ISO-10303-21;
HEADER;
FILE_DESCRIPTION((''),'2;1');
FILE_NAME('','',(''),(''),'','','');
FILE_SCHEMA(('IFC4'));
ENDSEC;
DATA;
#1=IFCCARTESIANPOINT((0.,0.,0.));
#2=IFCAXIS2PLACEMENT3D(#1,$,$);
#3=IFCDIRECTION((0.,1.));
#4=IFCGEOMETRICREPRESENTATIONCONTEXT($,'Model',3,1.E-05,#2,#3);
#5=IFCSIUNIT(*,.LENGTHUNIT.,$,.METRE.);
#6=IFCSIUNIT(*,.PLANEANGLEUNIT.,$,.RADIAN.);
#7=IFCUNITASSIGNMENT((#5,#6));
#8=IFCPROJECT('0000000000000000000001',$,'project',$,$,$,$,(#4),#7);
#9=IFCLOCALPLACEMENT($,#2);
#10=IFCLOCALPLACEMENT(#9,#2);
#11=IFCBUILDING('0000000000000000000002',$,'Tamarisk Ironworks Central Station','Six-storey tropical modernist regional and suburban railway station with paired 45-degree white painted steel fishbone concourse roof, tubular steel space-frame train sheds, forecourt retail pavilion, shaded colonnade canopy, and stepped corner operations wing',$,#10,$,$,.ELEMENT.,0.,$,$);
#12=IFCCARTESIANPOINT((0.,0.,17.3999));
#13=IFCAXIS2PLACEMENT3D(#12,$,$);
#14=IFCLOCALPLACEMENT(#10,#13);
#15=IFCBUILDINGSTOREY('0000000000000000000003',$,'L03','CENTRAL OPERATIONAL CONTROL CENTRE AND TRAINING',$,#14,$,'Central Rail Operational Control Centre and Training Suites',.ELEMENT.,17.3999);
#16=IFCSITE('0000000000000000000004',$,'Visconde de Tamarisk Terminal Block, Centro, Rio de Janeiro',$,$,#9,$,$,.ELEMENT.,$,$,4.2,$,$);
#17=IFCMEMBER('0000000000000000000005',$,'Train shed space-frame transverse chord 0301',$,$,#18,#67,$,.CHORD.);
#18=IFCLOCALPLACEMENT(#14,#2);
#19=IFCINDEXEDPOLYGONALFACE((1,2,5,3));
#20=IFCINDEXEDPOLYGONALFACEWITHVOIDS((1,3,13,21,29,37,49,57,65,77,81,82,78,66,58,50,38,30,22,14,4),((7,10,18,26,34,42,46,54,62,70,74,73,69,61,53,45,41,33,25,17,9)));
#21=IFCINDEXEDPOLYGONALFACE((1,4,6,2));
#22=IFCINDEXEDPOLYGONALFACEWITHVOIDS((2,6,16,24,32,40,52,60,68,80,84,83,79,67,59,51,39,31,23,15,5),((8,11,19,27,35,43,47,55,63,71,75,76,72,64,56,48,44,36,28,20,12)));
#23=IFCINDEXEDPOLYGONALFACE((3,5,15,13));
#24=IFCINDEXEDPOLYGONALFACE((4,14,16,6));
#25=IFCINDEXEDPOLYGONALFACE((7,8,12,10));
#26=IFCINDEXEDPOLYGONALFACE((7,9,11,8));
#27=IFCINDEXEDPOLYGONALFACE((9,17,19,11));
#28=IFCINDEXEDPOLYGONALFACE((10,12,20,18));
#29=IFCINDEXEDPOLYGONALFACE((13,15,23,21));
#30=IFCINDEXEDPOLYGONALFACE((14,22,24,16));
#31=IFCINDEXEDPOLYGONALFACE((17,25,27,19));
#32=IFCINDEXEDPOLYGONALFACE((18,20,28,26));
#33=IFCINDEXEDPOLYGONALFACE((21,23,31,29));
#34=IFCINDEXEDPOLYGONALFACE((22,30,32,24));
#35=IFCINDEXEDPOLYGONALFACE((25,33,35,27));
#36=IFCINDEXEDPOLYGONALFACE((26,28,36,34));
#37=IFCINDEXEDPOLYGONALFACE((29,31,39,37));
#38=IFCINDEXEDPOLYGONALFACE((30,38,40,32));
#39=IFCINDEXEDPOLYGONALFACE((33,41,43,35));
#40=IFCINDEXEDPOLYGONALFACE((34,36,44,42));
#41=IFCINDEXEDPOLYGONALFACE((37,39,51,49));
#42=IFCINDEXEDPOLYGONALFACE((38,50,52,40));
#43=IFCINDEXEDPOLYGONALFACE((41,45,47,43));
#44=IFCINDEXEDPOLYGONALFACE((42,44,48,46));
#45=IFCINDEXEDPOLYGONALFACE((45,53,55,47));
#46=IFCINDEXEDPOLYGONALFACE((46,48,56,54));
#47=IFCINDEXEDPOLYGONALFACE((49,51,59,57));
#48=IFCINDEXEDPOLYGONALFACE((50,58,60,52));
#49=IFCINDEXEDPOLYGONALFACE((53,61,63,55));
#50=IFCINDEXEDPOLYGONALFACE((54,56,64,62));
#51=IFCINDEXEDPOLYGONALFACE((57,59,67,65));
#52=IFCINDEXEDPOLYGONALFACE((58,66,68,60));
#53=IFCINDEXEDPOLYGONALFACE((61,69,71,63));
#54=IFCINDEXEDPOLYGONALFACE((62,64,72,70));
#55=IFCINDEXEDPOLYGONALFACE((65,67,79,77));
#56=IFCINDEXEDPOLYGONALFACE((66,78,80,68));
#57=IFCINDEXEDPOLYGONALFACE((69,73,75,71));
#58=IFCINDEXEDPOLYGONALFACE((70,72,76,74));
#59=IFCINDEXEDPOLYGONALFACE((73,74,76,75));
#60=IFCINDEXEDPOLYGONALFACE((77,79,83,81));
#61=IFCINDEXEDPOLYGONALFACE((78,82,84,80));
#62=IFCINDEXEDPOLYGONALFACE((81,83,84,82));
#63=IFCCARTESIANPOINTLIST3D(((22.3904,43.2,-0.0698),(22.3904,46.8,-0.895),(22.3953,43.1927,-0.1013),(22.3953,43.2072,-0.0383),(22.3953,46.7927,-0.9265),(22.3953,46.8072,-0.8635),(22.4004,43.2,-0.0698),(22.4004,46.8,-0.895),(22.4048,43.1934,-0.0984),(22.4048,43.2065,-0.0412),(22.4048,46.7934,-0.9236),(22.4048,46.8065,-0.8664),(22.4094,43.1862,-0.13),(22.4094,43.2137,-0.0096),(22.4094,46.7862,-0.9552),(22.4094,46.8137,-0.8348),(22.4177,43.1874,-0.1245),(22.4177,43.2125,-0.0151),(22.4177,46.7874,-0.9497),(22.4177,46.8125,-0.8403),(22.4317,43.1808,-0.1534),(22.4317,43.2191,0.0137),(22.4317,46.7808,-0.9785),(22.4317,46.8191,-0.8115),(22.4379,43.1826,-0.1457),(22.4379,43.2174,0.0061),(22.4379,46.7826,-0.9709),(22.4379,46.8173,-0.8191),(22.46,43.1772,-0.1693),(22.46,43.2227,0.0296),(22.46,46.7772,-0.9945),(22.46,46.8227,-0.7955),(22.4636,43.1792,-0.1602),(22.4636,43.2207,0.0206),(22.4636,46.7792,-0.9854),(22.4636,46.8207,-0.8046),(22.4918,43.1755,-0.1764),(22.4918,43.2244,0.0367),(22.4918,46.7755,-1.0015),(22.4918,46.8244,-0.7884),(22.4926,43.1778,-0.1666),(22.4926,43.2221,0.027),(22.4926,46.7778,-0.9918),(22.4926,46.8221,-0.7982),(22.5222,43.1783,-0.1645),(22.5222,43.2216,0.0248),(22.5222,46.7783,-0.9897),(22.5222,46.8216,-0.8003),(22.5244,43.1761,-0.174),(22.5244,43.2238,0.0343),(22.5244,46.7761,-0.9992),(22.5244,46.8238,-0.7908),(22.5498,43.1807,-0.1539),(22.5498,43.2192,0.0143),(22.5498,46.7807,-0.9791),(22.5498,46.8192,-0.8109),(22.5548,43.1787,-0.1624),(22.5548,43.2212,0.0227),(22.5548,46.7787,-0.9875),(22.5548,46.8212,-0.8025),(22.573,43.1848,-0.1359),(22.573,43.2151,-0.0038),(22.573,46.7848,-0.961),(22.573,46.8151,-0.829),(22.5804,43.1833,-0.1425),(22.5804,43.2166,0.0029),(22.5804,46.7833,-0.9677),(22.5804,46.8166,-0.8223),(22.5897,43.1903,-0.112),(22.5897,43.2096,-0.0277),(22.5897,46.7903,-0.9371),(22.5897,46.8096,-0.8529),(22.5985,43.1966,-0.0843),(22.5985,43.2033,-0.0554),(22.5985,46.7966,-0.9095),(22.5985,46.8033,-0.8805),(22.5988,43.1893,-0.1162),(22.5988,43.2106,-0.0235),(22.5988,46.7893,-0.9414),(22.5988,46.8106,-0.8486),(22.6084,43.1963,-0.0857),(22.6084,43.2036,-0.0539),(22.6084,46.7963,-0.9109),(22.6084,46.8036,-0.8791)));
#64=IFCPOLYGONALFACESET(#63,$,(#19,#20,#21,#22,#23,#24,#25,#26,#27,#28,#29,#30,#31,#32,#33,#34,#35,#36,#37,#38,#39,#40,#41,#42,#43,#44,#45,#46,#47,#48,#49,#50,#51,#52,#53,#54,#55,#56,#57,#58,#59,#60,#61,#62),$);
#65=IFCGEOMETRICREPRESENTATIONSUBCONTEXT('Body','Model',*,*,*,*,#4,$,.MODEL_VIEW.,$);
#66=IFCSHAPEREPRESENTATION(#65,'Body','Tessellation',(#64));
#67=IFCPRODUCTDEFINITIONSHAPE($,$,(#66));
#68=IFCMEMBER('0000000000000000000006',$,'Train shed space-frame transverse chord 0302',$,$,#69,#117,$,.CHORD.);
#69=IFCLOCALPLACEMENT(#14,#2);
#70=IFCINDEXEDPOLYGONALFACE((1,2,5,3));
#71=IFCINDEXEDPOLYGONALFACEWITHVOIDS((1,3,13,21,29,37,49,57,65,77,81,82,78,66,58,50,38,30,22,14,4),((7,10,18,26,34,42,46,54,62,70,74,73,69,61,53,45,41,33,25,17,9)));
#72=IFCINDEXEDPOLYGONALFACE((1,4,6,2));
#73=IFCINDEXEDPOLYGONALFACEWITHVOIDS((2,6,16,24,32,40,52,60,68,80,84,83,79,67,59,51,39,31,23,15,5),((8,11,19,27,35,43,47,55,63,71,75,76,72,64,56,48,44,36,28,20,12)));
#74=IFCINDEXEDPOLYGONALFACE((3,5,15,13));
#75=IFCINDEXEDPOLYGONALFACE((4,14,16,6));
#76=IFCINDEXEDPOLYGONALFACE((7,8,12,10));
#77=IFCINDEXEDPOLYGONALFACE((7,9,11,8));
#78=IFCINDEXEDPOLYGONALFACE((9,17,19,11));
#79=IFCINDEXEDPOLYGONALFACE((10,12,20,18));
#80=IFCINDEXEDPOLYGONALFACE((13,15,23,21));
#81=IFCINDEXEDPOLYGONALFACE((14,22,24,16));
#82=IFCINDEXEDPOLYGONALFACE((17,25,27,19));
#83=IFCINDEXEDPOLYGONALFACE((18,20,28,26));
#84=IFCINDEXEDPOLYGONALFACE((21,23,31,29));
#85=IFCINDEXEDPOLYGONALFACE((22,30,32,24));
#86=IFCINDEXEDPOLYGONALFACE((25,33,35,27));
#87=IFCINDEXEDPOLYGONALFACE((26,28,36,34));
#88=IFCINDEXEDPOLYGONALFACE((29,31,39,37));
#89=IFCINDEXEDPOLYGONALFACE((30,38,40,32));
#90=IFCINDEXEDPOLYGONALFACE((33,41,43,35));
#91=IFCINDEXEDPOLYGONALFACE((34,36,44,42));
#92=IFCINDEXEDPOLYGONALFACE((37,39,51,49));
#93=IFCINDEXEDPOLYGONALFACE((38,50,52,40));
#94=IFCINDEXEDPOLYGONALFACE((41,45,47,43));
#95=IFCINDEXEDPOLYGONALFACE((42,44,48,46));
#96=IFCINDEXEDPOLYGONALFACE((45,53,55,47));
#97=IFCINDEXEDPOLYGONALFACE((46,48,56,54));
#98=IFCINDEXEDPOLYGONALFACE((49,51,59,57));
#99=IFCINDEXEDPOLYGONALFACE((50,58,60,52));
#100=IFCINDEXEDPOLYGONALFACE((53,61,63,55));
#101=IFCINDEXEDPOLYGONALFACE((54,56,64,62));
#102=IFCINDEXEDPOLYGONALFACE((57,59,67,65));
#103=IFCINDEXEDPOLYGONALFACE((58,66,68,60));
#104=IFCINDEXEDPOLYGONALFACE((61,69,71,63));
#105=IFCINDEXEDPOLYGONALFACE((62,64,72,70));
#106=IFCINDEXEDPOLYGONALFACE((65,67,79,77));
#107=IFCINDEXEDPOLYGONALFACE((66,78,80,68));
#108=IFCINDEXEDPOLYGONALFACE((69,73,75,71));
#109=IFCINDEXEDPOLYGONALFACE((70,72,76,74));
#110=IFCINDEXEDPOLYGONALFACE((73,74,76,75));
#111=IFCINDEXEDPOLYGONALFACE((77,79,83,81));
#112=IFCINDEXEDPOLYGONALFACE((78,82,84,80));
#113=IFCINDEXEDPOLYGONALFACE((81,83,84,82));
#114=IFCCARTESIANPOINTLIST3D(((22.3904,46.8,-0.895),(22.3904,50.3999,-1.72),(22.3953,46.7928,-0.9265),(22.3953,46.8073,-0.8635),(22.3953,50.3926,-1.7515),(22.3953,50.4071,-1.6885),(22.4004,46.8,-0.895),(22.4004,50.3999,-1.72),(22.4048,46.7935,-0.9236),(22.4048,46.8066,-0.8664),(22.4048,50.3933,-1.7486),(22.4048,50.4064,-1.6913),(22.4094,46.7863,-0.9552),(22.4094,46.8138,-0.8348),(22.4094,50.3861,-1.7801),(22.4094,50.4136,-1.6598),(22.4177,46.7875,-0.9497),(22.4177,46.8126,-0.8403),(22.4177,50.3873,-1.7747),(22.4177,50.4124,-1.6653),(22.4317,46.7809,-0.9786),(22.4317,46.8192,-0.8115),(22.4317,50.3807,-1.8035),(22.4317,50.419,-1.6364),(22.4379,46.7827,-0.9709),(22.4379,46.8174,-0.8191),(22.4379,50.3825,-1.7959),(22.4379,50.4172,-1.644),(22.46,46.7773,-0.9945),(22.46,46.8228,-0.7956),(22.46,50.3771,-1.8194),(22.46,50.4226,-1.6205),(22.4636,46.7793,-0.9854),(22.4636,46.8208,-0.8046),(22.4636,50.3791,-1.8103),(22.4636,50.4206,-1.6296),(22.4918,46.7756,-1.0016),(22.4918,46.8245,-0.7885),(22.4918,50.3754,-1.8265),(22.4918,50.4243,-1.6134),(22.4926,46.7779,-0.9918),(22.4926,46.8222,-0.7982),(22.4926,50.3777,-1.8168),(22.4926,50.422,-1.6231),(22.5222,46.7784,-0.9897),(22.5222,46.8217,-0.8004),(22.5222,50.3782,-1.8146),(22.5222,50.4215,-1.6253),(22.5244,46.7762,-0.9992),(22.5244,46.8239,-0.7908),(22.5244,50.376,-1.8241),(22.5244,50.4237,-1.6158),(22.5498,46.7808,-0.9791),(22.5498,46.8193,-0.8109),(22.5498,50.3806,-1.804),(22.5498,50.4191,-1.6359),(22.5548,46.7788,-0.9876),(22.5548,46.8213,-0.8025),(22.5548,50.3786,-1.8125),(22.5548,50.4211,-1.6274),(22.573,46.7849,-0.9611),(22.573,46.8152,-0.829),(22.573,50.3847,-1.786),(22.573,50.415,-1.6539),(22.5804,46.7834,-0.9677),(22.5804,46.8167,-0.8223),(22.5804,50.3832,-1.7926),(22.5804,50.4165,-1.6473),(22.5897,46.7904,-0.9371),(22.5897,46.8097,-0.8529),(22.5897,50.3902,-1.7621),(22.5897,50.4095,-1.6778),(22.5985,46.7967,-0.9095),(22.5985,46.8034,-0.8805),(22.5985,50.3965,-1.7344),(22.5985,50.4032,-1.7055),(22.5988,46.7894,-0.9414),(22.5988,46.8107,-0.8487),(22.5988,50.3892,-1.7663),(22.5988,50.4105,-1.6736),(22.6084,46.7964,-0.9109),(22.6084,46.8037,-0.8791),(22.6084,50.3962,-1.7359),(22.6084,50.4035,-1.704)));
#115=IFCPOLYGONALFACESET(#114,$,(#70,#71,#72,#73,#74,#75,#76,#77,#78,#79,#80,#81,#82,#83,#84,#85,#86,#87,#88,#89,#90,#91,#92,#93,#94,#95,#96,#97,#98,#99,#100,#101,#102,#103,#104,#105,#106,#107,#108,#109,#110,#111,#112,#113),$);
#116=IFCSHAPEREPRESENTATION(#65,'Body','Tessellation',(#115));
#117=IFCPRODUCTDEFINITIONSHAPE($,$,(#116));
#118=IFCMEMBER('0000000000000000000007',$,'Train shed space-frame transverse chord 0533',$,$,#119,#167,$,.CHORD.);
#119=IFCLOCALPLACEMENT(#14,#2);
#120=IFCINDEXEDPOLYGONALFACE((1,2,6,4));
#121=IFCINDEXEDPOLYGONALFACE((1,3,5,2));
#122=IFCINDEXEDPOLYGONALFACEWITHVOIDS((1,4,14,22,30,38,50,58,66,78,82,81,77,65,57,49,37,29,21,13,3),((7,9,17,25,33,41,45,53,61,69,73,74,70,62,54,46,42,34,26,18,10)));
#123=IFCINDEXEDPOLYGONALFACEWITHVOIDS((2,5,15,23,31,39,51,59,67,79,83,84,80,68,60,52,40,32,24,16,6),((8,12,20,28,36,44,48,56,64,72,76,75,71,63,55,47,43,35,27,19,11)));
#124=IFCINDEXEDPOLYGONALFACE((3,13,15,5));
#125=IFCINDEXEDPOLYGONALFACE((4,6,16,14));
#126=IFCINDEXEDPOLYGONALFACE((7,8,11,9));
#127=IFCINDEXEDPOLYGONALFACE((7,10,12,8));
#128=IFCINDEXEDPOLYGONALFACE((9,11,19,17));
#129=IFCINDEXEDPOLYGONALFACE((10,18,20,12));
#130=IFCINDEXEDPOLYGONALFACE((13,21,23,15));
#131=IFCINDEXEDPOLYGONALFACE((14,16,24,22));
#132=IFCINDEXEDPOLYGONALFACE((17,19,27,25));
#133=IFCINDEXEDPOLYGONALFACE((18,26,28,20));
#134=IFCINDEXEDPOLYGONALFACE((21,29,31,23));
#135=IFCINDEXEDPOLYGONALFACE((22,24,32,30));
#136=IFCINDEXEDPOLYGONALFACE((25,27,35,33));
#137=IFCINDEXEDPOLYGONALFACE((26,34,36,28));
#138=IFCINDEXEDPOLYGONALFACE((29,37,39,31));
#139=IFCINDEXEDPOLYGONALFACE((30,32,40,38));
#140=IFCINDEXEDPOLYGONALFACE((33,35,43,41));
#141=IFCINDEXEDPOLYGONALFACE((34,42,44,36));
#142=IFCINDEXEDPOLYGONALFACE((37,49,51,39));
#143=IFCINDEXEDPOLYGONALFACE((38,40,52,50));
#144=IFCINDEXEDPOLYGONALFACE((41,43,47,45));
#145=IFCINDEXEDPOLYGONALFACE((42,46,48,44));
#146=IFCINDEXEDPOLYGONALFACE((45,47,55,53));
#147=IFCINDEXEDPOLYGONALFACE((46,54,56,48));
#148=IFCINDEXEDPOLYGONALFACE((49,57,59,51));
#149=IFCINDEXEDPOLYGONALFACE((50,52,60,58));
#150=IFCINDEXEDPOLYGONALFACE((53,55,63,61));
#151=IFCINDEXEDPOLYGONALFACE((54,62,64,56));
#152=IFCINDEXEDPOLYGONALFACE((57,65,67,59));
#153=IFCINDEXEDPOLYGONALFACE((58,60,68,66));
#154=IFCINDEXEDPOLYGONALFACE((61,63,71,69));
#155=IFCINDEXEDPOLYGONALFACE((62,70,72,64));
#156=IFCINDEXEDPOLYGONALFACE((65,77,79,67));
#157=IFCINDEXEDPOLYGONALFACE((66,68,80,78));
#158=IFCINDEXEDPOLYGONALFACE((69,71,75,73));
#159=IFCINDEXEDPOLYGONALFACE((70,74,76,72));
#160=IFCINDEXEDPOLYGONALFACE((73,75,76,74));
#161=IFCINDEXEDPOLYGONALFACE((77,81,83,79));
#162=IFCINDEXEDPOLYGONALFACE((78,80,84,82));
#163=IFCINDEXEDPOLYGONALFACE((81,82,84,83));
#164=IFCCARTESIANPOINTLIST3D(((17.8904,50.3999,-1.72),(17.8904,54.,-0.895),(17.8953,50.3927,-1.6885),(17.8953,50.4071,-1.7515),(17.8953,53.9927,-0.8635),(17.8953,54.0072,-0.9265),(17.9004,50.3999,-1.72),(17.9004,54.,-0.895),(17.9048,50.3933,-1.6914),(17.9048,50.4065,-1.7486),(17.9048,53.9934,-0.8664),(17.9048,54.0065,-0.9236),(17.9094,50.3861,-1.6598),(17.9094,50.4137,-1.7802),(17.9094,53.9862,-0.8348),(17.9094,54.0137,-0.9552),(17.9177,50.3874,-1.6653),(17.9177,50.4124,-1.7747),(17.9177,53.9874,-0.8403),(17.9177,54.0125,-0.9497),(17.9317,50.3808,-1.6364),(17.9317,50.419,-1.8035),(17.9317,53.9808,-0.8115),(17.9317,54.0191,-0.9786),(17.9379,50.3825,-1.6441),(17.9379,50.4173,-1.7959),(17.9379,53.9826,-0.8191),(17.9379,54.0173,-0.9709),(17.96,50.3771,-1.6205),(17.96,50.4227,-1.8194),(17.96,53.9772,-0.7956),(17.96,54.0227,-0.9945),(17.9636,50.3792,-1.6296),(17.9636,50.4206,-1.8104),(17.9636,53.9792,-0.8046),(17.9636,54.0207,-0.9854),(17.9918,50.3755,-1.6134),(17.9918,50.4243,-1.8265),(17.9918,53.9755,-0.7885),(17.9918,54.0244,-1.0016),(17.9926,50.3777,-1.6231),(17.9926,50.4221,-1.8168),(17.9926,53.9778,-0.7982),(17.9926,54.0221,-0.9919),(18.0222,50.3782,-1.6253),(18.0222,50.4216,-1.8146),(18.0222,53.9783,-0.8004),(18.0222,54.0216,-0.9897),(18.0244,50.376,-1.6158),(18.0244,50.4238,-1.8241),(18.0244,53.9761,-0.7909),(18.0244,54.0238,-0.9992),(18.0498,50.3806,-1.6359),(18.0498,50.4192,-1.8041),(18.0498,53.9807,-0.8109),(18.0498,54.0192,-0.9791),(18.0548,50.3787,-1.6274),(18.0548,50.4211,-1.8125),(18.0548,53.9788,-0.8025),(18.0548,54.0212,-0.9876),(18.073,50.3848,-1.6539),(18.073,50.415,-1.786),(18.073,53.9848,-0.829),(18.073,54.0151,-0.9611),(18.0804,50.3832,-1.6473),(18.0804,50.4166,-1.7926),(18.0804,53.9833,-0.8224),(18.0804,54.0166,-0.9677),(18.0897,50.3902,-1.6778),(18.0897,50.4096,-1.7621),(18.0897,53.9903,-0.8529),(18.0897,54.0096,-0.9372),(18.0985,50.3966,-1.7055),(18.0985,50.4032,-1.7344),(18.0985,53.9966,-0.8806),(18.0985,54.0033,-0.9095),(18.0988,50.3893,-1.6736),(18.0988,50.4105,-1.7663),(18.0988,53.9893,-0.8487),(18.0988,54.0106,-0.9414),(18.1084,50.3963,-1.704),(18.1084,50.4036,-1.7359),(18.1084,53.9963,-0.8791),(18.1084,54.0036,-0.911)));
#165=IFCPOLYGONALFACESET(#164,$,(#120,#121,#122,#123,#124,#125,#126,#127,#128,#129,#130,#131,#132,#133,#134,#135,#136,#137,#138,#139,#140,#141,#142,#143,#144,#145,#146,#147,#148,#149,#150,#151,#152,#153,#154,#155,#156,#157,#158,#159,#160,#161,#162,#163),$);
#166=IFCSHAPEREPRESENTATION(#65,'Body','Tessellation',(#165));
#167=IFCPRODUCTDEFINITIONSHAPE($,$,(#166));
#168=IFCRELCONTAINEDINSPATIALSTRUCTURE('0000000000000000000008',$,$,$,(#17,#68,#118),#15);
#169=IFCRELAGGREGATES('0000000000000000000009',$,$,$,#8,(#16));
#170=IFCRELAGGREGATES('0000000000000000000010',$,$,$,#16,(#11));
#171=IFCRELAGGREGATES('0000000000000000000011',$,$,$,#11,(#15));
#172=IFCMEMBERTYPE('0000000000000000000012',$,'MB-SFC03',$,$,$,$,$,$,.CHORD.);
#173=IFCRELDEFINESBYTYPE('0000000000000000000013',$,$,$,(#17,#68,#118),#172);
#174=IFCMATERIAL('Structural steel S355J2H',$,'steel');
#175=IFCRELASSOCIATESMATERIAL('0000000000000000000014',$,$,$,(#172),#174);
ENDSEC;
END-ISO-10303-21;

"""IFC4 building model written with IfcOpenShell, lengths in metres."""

from ifc_helpers import new_model, si_unit, direction, frame, origin, origin_2d, place, context, subcontext, project, spatial, hollow_circle, extrude, material, material_profile, profile_set, type_object, element, save


model = new_model("IFC4")

# Units and contexts
model_context = context("Model", 3, precision=1e-05, world=origin(), true_north=direction((0.0, 1.0)))
body_context = subcontext(model_context, "Body", "Model", "MODEL_VIEW")
ifc_project = project(units=[si_unit("LENGTHUNIT", "METRE"), si_unit("PLANEANGLEUNIT", "RADIAN")], contexts=[model_context])

# Site, building, storey
site_placement = place(None, origin())
site = spatial("IfcSite", under=ifc_project, at=site_placement, Name="Visconde de Tamarisk Terminal Block, Centro, Rio de Janeiro", CompositionType="ELEMENT", RefElevation=4.2)
building_placement = place(site_placement, origin())
building = spatial("IfcBuilding", under=site, at=building_placement, Name="Tamarisk Ironworks Central Station", Description="Six-storey tropical modernist regional and suburban railway station with paired 45-degree white painted steel fishbone concourse roof, tubular steel space-frame train sheds, forecourt retail pavilion, shaded colonnade canopy, and stepped corner operations wing", CompositionType="ELEMENT", ElevationOfRefHeight=0.0)
storey_placement = place(building_placement, frame((0.0, 0.0, 17.3999)))
storey = spatial("IfcBuildingStorey", under=building, at=storey_placement, Name="L03", Description="CENTRAL OPERATIONAL CONTROL CENTRE AND TRAINING", LongName="Central Rail Operational Control Centre and Training Suites", CompositionType="ELEMENT", Elevation=17.3999)

# Members
ifc_material_1 = material(Name="Structural steel S355J2H", Category="steel")
ifc_material_profile_1 = material_profile(ifc_material_1, hollow_circle(Radius=0.1096, WallThickness=0.01, at=origin_2d()), Name="CHS 219.1x10")
ifc_profile_set_1 = profile_set([ifc_material_profile_1], Name="Structural steel S355J2H")
member_type_1 = type_object("IfcMemberType", Name="MB-SFC03", PredefinedType="CHORD", material=ifc_profile_set_1)
member_1_placement = place(storey_placement, frame((22.5, 43.2, -0.0698), z_axis=(0.0, 0.974722, -0.223421), x_axis=(-1.0, 0.0, 0.0)))
element("IfcMember", 1, at=member_1_placement, inside=storey, type_object=member_type_1, Name="Train shed space-frame transverse chord 0301", PredefinedType="CHORD", context=body_context, shape_type="SweptSolid", body=[
    extrude(hollow_circle(Radius=0.1096, WallThickness=0.01, at=origin_2d()), origin(), (0.0, 0.0, 1.0), 3.6934),
])
member_2_placement = place(storey_placement, frame((22.5, 46.8, -0.895), z_axis=(0.0, 0.974733, -0.223372), x_axis=(-1.0, 0.0, 0.0)))
element("IfcMember", 2, at=member_2_placement, inside=storey, type_object=member_type_1, Name="Train shed space-frame transverse chord 0302", PredefinedType="CHORD", context=body_context, shape_type="SweptSolid", body=[
    extrude(hollow_circle(Radius=0.1096, WallThickness=0.01, at=origin_2d()), origin(), (0.0, 0.0, 1.0), 3.6931),
])
for number, where, z_axis, x_axis, name in (
    (3, (18.0, 50.3999, -1.72), (0.0, 0.974737, 0.223358), (-1.0, 0.0, 0.0), "Train shed space-frame transverse chord 0533"),
):
    element("IfcMember", number, at=place(storey_placement, frame(where, z_axis=z_axis, x_axis=x_axis)), inside=storey, type_object=member_type_1, Name=name, PredefinedType="CHORD", context=body_context, shape_type="SweptSolid", body=[
        extrude(hollow_circle(Radius=0.1096, WallThickness=0.01, at=origin_2d()), origin(), (0.0, 0.0, 1.0), 3.6934),
    ])

save(model, "model.ifc")
